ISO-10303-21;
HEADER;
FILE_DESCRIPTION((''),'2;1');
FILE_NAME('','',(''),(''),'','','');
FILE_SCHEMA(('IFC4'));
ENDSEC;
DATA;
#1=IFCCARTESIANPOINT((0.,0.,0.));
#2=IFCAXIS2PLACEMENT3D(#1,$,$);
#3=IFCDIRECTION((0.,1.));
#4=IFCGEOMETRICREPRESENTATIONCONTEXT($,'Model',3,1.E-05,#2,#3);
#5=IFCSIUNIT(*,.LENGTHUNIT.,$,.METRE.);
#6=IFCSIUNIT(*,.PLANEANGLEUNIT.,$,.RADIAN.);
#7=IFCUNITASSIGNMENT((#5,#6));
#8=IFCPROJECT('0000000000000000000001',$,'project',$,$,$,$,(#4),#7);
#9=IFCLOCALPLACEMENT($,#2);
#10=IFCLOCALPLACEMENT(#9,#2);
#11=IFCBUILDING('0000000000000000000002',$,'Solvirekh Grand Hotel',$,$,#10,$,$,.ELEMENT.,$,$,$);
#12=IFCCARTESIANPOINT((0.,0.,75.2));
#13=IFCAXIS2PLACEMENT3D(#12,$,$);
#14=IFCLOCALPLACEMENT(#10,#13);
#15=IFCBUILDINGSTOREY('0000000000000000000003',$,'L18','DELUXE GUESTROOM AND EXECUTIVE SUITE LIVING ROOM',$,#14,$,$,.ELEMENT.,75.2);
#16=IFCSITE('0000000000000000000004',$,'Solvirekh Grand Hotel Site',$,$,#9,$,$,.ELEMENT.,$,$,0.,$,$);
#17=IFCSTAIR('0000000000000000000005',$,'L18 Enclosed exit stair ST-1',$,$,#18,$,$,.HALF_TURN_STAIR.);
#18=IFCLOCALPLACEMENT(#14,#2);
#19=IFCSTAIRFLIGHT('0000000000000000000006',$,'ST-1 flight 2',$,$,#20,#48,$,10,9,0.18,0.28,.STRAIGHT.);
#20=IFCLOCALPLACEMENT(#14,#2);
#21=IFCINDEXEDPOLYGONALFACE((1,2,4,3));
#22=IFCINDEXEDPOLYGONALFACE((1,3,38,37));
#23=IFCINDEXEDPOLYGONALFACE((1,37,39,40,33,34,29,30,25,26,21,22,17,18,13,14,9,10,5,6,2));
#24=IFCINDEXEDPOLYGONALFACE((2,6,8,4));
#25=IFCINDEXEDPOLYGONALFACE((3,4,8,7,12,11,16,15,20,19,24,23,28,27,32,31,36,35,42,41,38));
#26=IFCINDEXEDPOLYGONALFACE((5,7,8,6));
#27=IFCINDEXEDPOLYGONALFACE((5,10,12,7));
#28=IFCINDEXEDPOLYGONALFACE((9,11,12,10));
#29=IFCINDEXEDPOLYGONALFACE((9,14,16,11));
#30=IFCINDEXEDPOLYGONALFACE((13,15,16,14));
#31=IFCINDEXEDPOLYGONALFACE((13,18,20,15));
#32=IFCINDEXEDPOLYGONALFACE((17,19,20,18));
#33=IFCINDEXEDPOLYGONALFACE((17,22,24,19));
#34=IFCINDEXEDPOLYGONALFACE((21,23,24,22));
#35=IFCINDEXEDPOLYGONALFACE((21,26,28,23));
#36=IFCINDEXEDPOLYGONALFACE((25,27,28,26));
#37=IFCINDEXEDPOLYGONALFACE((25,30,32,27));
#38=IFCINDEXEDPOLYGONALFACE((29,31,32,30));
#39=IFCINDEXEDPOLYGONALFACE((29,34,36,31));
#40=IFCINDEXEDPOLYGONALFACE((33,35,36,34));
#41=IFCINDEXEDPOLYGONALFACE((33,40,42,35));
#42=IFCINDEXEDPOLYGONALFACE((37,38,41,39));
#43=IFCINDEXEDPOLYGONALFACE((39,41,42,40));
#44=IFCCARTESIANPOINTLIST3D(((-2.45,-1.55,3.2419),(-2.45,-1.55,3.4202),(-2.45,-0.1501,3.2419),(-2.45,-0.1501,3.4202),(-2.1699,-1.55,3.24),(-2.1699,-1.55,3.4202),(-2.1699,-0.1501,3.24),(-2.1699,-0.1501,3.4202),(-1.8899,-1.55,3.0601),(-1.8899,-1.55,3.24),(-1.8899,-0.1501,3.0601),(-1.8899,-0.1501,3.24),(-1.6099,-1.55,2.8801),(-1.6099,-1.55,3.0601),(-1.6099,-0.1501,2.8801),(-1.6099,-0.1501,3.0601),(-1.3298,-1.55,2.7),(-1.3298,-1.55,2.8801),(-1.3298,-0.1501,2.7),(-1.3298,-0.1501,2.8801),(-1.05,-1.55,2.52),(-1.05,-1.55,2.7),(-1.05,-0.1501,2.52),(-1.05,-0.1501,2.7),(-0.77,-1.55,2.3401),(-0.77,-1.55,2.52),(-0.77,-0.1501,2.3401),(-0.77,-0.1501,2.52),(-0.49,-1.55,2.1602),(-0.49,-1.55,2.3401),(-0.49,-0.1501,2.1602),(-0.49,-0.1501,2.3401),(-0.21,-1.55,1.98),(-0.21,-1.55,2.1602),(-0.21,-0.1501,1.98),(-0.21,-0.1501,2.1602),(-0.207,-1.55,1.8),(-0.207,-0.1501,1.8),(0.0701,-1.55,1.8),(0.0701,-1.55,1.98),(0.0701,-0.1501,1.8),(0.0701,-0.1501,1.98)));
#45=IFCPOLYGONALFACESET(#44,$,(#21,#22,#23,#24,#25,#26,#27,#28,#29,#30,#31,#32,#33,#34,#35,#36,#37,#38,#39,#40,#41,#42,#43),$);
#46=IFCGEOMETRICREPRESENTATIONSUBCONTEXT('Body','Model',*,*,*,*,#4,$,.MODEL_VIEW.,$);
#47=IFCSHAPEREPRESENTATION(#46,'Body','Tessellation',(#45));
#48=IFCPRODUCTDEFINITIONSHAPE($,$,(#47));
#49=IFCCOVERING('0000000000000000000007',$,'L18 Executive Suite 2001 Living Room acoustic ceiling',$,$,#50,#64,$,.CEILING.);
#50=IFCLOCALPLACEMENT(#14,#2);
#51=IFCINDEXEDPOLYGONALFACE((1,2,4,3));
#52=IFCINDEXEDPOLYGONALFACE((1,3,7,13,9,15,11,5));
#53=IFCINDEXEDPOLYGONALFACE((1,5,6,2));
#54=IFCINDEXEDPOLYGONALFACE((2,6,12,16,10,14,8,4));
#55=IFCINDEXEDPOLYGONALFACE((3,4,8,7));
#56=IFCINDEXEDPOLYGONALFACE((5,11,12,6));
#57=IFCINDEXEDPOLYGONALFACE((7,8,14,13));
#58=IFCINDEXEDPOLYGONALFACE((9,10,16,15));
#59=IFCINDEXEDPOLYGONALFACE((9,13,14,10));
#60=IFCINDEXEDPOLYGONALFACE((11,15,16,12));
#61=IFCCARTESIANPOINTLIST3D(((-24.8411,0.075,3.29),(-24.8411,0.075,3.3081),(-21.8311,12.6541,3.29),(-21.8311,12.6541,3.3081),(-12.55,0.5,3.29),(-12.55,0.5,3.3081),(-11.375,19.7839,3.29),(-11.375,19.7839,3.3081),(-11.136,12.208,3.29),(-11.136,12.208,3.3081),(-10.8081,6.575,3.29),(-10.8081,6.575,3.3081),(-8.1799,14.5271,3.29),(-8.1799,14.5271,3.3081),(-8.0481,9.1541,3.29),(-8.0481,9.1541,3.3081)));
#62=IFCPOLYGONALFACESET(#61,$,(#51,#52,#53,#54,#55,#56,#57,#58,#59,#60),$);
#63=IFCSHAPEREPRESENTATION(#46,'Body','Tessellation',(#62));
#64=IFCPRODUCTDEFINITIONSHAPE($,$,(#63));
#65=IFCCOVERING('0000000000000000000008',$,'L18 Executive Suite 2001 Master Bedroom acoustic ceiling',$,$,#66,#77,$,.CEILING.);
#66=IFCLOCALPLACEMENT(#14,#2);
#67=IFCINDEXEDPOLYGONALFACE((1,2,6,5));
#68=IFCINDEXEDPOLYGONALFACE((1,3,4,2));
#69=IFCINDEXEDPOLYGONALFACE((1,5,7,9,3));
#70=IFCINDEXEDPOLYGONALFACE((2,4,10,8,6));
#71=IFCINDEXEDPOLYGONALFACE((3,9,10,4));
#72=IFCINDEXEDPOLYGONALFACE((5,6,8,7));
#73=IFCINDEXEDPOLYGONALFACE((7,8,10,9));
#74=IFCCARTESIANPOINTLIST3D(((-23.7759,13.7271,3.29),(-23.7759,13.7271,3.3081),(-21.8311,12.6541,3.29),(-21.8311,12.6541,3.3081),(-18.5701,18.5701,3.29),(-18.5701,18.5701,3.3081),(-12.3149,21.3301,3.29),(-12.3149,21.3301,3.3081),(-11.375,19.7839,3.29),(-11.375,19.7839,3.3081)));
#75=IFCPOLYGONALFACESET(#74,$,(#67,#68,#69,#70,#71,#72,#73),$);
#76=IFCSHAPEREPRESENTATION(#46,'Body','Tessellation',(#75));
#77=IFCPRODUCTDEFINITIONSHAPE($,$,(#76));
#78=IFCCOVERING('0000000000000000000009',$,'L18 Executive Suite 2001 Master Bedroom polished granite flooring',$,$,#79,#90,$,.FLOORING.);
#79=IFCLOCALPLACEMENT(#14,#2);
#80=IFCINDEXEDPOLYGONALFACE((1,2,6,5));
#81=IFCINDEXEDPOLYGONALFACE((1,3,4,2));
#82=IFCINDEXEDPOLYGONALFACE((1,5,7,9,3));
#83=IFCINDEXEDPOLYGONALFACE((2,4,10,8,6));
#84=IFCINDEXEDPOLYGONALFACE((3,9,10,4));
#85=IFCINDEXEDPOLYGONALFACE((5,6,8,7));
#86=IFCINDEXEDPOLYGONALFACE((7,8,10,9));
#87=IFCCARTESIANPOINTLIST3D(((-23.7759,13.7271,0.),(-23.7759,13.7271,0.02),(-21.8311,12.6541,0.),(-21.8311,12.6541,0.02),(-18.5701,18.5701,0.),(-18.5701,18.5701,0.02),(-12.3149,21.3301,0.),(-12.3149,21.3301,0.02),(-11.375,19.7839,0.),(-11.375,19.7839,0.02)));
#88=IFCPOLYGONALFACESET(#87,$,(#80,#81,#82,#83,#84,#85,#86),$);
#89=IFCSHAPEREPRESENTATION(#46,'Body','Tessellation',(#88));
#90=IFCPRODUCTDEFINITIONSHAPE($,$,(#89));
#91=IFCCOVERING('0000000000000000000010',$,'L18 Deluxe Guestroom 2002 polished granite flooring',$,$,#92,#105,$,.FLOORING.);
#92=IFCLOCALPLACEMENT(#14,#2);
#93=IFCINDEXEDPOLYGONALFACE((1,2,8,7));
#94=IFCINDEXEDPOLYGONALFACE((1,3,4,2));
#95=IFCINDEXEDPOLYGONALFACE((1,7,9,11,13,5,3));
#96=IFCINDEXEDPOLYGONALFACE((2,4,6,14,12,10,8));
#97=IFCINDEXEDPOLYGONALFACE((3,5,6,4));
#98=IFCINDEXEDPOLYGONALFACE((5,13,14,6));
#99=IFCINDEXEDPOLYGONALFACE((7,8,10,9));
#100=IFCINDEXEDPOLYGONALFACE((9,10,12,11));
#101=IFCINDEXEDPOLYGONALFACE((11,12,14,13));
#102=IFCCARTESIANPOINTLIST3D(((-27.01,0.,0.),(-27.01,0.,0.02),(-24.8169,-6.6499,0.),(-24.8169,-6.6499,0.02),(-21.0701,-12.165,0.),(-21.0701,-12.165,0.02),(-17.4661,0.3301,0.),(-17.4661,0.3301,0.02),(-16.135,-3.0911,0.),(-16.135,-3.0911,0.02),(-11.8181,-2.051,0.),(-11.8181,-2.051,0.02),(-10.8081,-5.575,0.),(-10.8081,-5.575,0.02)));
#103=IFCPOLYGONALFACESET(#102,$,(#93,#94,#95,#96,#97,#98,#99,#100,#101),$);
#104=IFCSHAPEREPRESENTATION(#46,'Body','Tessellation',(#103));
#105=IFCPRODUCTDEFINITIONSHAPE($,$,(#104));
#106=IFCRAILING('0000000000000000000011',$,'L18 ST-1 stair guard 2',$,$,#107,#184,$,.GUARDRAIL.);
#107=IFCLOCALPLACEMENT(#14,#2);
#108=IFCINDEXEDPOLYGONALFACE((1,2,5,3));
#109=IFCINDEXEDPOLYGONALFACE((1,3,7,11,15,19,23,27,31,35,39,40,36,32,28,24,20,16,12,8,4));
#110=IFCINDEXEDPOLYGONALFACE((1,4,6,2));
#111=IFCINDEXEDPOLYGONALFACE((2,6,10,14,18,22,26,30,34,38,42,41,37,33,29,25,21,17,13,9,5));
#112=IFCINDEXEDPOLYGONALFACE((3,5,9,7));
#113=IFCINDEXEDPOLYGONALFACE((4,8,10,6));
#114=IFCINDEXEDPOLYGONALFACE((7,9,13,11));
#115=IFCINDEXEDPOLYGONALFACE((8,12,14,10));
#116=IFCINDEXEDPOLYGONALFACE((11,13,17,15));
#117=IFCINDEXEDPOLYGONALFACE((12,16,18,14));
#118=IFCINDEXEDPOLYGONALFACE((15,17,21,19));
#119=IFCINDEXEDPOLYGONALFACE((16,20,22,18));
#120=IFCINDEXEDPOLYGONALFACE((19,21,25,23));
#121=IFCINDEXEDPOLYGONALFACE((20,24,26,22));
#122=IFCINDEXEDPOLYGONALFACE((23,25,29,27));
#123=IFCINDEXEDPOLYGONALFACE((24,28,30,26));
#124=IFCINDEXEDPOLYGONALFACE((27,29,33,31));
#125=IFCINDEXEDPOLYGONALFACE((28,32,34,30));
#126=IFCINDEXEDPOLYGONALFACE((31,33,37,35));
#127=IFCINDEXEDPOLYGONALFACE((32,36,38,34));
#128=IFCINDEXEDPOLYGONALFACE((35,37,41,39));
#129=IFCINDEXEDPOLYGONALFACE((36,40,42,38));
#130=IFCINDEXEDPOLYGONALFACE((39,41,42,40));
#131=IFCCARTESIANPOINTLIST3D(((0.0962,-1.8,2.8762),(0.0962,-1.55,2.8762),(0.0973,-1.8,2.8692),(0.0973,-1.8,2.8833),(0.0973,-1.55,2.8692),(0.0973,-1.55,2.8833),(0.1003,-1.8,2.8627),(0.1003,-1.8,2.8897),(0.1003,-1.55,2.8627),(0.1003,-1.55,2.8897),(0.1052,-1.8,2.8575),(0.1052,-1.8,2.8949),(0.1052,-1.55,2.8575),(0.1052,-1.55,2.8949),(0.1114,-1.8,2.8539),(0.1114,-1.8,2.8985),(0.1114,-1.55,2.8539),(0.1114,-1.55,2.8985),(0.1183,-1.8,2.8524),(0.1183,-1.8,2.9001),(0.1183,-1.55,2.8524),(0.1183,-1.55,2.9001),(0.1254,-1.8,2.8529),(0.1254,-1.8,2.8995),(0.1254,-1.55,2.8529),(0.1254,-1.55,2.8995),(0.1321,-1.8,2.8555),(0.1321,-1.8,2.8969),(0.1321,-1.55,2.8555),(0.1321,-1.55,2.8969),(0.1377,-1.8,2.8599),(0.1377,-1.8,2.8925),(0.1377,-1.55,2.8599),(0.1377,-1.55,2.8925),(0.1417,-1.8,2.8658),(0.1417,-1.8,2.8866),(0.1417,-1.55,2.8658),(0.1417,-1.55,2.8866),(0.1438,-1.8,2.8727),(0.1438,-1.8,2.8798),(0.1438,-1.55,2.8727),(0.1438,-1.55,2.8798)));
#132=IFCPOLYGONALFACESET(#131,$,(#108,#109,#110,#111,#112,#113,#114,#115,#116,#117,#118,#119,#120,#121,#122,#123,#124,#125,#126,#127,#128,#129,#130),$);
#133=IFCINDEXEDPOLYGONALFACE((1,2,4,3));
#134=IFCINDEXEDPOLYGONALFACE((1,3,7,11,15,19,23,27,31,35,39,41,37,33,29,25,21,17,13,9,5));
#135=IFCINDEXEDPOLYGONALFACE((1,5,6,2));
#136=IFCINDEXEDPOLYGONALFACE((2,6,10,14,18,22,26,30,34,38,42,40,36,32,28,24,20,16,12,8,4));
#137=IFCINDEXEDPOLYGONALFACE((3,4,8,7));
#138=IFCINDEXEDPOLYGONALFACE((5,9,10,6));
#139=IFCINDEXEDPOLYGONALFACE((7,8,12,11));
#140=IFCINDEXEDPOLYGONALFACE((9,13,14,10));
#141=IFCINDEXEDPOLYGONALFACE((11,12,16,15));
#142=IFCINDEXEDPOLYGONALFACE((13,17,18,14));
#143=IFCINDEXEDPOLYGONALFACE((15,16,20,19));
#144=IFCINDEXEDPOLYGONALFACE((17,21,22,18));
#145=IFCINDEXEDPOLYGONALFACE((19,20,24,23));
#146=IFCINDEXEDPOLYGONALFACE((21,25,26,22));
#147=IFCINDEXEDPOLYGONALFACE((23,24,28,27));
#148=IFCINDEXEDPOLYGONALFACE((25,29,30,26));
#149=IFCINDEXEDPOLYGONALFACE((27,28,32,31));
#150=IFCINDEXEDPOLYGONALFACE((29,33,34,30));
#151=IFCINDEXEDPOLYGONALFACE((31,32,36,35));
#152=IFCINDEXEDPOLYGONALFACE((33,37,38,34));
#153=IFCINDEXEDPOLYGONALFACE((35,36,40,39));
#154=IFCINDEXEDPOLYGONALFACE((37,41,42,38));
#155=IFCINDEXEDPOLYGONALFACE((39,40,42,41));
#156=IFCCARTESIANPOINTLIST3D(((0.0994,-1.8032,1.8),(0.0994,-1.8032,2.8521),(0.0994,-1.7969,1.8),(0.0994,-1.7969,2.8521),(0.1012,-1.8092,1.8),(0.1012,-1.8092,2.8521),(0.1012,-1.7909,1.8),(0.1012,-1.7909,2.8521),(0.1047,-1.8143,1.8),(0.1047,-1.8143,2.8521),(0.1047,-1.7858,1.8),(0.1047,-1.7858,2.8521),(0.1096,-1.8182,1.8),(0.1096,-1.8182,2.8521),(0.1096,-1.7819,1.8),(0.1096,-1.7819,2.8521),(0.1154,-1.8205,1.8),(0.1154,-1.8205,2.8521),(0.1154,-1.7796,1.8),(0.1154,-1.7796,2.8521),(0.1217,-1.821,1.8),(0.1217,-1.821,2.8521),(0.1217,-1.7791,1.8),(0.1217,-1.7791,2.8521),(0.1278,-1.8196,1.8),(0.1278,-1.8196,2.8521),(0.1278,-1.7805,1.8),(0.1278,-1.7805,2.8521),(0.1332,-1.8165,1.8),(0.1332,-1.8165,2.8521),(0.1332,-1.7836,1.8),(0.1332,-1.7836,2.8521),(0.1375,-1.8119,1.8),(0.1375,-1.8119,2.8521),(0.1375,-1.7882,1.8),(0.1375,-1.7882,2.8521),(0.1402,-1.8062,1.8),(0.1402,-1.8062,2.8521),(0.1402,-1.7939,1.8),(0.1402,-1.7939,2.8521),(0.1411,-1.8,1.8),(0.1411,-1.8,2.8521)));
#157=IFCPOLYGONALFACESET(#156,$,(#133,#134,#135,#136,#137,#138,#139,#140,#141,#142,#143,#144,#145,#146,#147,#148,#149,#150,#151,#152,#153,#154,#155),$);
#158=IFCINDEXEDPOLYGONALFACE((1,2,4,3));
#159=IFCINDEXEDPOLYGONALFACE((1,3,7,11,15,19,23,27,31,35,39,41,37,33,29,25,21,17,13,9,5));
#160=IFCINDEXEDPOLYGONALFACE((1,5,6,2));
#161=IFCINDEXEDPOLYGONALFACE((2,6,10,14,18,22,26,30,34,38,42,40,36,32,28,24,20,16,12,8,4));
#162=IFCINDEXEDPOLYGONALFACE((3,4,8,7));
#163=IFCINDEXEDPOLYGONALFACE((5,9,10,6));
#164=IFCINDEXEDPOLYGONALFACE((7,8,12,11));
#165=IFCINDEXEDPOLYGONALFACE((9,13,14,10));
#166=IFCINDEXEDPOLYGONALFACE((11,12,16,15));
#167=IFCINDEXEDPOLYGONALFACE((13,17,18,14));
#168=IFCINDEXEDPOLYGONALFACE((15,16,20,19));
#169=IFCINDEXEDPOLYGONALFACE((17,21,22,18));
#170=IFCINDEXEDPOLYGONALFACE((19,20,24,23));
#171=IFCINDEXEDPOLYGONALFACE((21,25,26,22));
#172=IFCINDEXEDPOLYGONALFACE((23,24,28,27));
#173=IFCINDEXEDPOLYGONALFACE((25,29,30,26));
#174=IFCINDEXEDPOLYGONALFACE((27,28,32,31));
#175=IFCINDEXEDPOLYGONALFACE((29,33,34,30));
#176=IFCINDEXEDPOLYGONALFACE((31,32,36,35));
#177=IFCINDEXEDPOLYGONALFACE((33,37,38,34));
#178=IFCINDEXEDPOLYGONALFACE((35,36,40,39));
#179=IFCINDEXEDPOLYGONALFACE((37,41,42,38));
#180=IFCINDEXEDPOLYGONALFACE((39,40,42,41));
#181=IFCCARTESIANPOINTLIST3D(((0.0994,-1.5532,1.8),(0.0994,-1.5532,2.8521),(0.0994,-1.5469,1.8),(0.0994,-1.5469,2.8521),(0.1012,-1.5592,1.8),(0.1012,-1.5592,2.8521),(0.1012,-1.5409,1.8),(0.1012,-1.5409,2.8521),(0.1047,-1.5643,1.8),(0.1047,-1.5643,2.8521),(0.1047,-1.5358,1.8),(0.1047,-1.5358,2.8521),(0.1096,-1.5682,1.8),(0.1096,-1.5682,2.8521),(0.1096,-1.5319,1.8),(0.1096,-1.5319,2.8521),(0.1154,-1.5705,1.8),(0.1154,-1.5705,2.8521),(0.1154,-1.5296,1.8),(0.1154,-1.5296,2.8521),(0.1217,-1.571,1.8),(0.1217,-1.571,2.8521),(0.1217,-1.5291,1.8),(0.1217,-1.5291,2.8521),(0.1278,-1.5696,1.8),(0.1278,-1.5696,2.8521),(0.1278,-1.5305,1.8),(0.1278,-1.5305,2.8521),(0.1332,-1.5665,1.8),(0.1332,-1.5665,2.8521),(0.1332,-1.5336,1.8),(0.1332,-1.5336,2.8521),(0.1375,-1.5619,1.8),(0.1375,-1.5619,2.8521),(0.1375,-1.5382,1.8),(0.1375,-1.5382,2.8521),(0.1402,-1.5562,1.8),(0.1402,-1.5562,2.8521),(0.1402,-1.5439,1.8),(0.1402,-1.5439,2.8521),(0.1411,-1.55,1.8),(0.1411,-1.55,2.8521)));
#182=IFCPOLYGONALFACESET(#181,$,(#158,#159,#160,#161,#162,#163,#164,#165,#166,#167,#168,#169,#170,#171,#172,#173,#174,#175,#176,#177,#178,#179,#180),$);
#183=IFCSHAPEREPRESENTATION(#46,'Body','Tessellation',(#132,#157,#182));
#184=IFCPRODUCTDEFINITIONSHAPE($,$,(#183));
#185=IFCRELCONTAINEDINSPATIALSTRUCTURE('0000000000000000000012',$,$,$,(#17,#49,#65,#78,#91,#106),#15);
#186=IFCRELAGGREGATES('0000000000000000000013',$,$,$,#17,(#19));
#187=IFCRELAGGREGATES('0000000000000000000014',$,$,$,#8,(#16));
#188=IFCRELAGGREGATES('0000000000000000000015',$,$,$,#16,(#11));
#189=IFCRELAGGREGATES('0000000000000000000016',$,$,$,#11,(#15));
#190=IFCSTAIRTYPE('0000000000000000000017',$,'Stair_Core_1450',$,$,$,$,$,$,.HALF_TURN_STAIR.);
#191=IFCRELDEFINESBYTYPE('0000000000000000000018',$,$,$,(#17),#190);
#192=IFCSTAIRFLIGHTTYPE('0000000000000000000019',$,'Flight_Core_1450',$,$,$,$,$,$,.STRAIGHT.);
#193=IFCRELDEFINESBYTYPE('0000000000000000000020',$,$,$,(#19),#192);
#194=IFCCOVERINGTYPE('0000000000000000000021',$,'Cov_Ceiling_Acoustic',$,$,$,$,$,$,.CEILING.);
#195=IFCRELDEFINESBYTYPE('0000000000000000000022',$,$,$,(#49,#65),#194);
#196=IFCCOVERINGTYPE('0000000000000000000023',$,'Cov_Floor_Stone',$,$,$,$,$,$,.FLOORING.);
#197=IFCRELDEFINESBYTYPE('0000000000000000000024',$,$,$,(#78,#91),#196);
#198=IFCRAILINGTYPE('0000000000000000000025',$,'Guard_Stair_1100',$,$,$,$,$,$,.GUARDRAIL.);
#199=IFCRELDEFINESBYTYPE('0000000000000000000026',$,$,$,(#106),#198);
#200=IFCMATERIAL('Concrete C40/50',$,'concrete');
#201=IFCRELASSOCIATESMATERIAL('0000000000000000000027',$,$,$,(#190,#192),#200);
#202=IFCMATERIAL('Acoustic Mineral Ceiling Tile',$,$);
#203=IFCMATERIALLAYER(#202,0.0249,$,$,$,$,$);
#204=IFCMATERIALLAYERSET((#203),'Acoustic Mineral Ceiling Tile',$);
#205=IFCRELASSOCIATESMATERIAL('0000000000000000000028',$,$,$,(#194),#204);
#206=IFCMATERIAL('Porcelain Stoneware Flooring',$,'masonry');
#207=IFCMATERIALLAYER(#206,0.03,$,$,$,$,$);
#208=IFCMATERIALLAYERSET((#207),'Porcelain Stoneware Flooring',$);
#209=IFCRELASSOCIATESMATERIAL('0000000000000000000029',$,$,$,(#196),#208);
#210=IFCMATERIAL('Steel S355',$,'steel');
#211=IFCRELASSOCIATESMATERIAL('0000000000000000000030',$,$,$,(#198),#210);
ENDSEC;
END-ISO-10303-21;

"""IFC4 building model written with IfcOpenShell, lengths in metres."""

from ifc_helpers import new_model, si_unit, direction, frame, origin, origin_2d, place, context, subcontext, project, spatial, polyline, circle, outline, extrude, material, layer, layer_set, type_object, element, aggregate, save


model = new_model("IFC4")

# Units and contexts
model_context = context("Model", 3, precision=1e-05, world=origin(), true_north=direction((0.0, 1.0)))
body_context = subcontext(model_context, "Body", "Model", "MODEL_VIEW")
ifc_project = project(units=[si_unit("LENGTHUNIT", "METRE"), si_unit("PLANEANGLEUNIT", "RADIAN")], contexts=[model_context])

# Site, building, storey
site_placement = place(None, origin())
site = spatial("IfcSite", under=ifc_project, at=site_placement, Name="Solvirekh Grand Hotel Site", CompositionType="ELEMENT", RefElevation=0.0)
building_placement = place(site_placement, origin())
building = spatial("IfcBuilding", under=site, at=building_placement, Name="Solvirekh Grand Hotel", CompositionType="ELEMENT")
storey_placement = place(building_placement, frame((0.0, 0.0, 75.2)))
storey = spatial("IfcBuildingStorey", under=building, at=storey_placement, Name="L18", Description="DELUXE GUESTROOM AND EXECUTIVE SUITE LIVING ROOM", CompositionType="ELEMENT", Elevation=75.2)

# Shared definitions
ifc_material_1 = material(Name="Concrete C40/50", Category="concrete")

# Stair, stair flight
stair_type = type_object("IfcStairType", Name="Stair_Core_1450", PredefinedType="HALF_TURN_STAIR", material=ifc_material_1)
stair_placement = place(storey_placement, origin())
stair = element("IfcStair", 1, at=stair_placement, inside=storey, type_object=stair_type, Name="L18 Enclosed exit stair ST-1", PredefinedType="HALF_TURN_STAIR")
stair_flight_type = type_object("IfcStairFlightType", Name="Flight_Core_1450", PredefinedType="STRAIGHT", material=ifc_material_1)
stair_flight_placement = place(storey_placement, frame((0.0701, -0.8501, 1.8), z_axis=(0.0, 0.0, 1.0), x_axis=(-1.0, 0.0, 0.0)))
stair_flight = element("IfcStairFlight", 2, at=stair_flight_placement, type_object=stair_flight_type, Name="ST-1 flight 2", NumberOfRisers=10, NumberOfTreads=9, PredefinedType="STRAIGHT", RiserHeight=0.18, TreadLength=0.28, context=body_context, shape_type="SweptSolid", body=[
    extrude(outline(polyline([(0.0, 0.0), (0.0, 0.1799), (0.28, 0.1799), (0.28, 0.3601), (0.5601, 0.3601), (0.5601, 0.54), (0.8401, 0.54), (0.8401, 0.72), (1.1201, 0.72), (1.1201, 0.8999), (1.3999, 0.8999), (1.3999, 1.0801), (1.6799, 1.0801), (1.6799, 1.26), (1.96, 1.26), (1.96, 1.4399), (2.24, 1.4399), (2.24, 1.6201), (2.52, 1.6201), (2.52, 1.8), (2.52, 1.4419), (0.2771, 0.0), (0.0, 0.0)])), frame((0.0, 0.7, 0.0), z_axis=(0.0, -1.0, 0.0), x_axis=(1.0, 0.0, 0.0)), (0.0, 0.0, 1.0), 1.3999),
])
aggregate(stair, [stair_flight])

# Coverings
ifc_material_2 = material(Name="Acoustic Mineral Ceiling Tile")
ifc_layer_1 = layer(ifc_material_2, 0.0249)
ifc_layer_set_1 = layer_set([ifc_layer_1], Name="Acoustic Mineral Ceiling Tile")
covering_type_1 = type_object("IfcCoveringType", Name="Cov_Ceiling_Acoustic", PredefinedType="CEILING", material=ifc_layer_set_1)
covering_1_placement = place(storey_placement, frame((0.0, 0.0, 3.29)))
element("IfcCovering", 3, at=covering_1_placement, inside=storey, type_object=covering_type_1, Name="L18 Executive Suite 2001 Living Room acoustic ceiling", PredefinedType="CEILING", context=body_context, shape_type="SweptSolid", body=[
    extrude(outline(polyline([(-11.136, 12.208), (-8.1799, 14.5271), (-11.375, 19.7839), (-21.8311, 12.6541), (-24.8411, 0.075), (-12.55, 0.5), (-10.8081, 6.575), (-8.0481, 9.1541), (-11.136, 12.208)])), origin(), (0.0, 0.0, 1.0), 0.0181),
])
covering_2_placement = place(storey_placement, frame((0.0, 0.0, 3.29)))
element("IfcCovering", 4, at=covering_2_placement, inside=storey, type_object=covering_type_1, Name="L18 Executive Suite 2001 Master Bedroom acoustic ceiling", PredefinedType="CEILING", context=body_context, shape_type="SweptSolid", body=[
    extrude(outline(polyline([(-12.3149, 21.3301), (-18.5701, 18.5701), (-23.7759, 13.7271), (-21.8311, 12.6541), (-11.375, 19.7839), (-12.3149, 21.3301)])), origin(), (0.0, 0.0, 1.0), 0.0181),
])
ifc_material_3 = material(Name="Porcelain Stoneware Flooring", Category="masonry")
ifc_layer_2 = layer(ifc_material_3, 0.03)
ifc_layer_set_2 = layer_set([ifc_layer_2], Name="Porcelain Stoneware Flooring")
covering_type_2 = type_object("IfcCoveringType", Name="Cov_Floor_Stone", PredefinedType="FLOORING", material=ifc_layer_set_2)
covering_3_placement = place(storey_placement, origin())
element("IfcCovering", 5, at=covering_3_placement, inside=storey, type_object=covering_type_2, Name="L18 Executive Suite 2001 Master Bedroom polished granite flooring", PredefinedType="FLOORING", context=body_context, shape_type="SweptSolid", body=[
    extrude(outline(polyline([(-12.3149, 21.3301), (-18.5701, 18.5701), (-23.7759, 13.7271), (-21.8311, 12.6541), (-11.375, 19.7839), (-12.3149, 21.3301)])), origin(), (0.0, 0.0, 1.0), 0.02),
])
covering_4_placement = place(storey_placement, origin())
element("IfcCovering", 6, at=covering_4_placement, inside=storey, type_object=covering_type_2, Name="L18 Deluxe Guestroom 2002 polished granite flooring", PredefinedType="FLOORING", context=body_context, shape_type="SweptSolid", body=[
    extrude(outline(polyline([(-16.135, -3.0911), (-17.4661, 0.3301), (-27.01, 0.0), (-24.8169, -6.6499), (-21.0701, -12.165), (-10.8081, -5.575), (-11.8181, -2.051), (-16.135, -3.0911)])), origin(), (0.0, 0.0, 1.0), 0.02),
])

# Railing
ifc_material_4 = material(Name="Steel S355", Category="steel")
railing_type_1 = type_object("IfcRailingType", Name="Guard_Stair_1100", PredefinedType="GUARDRAIL", material=ifc_material_4)
railing_1_placement = place(storey_placement, frame((0.1201, -1.8, 1.8)))
element("IfcRailing", 7, at=railing_1_placement, inside=storey, type_object=railing_type_1, Name="L18 ST-1 stair guard 2", PredefinedType="GUARDRAIL", context=body_context, shape_type="SweptSolid", body=[
    extrude(circle(Radius=0.0239, at=origin_2d()), frame((0.0, 0.0, 1.0762), z_axis=(0.0, 1.0, 0.0), x_axis=(-1.0, 0.0, 0.0)), (0.0, 0.0, 1.0), 0.25),
    extrude(circle(Radius=0.021, at=origin_2d()), origin(), (0.0, 0.0, 1.0), 1.052),
    extrude(circle(Radius=0.021, at=origin_2d()), frame((0.0, 0.25, 0.0)), (0.0, 0.0, 1.0), 1.052),
])

save(model, "model.ifc")
